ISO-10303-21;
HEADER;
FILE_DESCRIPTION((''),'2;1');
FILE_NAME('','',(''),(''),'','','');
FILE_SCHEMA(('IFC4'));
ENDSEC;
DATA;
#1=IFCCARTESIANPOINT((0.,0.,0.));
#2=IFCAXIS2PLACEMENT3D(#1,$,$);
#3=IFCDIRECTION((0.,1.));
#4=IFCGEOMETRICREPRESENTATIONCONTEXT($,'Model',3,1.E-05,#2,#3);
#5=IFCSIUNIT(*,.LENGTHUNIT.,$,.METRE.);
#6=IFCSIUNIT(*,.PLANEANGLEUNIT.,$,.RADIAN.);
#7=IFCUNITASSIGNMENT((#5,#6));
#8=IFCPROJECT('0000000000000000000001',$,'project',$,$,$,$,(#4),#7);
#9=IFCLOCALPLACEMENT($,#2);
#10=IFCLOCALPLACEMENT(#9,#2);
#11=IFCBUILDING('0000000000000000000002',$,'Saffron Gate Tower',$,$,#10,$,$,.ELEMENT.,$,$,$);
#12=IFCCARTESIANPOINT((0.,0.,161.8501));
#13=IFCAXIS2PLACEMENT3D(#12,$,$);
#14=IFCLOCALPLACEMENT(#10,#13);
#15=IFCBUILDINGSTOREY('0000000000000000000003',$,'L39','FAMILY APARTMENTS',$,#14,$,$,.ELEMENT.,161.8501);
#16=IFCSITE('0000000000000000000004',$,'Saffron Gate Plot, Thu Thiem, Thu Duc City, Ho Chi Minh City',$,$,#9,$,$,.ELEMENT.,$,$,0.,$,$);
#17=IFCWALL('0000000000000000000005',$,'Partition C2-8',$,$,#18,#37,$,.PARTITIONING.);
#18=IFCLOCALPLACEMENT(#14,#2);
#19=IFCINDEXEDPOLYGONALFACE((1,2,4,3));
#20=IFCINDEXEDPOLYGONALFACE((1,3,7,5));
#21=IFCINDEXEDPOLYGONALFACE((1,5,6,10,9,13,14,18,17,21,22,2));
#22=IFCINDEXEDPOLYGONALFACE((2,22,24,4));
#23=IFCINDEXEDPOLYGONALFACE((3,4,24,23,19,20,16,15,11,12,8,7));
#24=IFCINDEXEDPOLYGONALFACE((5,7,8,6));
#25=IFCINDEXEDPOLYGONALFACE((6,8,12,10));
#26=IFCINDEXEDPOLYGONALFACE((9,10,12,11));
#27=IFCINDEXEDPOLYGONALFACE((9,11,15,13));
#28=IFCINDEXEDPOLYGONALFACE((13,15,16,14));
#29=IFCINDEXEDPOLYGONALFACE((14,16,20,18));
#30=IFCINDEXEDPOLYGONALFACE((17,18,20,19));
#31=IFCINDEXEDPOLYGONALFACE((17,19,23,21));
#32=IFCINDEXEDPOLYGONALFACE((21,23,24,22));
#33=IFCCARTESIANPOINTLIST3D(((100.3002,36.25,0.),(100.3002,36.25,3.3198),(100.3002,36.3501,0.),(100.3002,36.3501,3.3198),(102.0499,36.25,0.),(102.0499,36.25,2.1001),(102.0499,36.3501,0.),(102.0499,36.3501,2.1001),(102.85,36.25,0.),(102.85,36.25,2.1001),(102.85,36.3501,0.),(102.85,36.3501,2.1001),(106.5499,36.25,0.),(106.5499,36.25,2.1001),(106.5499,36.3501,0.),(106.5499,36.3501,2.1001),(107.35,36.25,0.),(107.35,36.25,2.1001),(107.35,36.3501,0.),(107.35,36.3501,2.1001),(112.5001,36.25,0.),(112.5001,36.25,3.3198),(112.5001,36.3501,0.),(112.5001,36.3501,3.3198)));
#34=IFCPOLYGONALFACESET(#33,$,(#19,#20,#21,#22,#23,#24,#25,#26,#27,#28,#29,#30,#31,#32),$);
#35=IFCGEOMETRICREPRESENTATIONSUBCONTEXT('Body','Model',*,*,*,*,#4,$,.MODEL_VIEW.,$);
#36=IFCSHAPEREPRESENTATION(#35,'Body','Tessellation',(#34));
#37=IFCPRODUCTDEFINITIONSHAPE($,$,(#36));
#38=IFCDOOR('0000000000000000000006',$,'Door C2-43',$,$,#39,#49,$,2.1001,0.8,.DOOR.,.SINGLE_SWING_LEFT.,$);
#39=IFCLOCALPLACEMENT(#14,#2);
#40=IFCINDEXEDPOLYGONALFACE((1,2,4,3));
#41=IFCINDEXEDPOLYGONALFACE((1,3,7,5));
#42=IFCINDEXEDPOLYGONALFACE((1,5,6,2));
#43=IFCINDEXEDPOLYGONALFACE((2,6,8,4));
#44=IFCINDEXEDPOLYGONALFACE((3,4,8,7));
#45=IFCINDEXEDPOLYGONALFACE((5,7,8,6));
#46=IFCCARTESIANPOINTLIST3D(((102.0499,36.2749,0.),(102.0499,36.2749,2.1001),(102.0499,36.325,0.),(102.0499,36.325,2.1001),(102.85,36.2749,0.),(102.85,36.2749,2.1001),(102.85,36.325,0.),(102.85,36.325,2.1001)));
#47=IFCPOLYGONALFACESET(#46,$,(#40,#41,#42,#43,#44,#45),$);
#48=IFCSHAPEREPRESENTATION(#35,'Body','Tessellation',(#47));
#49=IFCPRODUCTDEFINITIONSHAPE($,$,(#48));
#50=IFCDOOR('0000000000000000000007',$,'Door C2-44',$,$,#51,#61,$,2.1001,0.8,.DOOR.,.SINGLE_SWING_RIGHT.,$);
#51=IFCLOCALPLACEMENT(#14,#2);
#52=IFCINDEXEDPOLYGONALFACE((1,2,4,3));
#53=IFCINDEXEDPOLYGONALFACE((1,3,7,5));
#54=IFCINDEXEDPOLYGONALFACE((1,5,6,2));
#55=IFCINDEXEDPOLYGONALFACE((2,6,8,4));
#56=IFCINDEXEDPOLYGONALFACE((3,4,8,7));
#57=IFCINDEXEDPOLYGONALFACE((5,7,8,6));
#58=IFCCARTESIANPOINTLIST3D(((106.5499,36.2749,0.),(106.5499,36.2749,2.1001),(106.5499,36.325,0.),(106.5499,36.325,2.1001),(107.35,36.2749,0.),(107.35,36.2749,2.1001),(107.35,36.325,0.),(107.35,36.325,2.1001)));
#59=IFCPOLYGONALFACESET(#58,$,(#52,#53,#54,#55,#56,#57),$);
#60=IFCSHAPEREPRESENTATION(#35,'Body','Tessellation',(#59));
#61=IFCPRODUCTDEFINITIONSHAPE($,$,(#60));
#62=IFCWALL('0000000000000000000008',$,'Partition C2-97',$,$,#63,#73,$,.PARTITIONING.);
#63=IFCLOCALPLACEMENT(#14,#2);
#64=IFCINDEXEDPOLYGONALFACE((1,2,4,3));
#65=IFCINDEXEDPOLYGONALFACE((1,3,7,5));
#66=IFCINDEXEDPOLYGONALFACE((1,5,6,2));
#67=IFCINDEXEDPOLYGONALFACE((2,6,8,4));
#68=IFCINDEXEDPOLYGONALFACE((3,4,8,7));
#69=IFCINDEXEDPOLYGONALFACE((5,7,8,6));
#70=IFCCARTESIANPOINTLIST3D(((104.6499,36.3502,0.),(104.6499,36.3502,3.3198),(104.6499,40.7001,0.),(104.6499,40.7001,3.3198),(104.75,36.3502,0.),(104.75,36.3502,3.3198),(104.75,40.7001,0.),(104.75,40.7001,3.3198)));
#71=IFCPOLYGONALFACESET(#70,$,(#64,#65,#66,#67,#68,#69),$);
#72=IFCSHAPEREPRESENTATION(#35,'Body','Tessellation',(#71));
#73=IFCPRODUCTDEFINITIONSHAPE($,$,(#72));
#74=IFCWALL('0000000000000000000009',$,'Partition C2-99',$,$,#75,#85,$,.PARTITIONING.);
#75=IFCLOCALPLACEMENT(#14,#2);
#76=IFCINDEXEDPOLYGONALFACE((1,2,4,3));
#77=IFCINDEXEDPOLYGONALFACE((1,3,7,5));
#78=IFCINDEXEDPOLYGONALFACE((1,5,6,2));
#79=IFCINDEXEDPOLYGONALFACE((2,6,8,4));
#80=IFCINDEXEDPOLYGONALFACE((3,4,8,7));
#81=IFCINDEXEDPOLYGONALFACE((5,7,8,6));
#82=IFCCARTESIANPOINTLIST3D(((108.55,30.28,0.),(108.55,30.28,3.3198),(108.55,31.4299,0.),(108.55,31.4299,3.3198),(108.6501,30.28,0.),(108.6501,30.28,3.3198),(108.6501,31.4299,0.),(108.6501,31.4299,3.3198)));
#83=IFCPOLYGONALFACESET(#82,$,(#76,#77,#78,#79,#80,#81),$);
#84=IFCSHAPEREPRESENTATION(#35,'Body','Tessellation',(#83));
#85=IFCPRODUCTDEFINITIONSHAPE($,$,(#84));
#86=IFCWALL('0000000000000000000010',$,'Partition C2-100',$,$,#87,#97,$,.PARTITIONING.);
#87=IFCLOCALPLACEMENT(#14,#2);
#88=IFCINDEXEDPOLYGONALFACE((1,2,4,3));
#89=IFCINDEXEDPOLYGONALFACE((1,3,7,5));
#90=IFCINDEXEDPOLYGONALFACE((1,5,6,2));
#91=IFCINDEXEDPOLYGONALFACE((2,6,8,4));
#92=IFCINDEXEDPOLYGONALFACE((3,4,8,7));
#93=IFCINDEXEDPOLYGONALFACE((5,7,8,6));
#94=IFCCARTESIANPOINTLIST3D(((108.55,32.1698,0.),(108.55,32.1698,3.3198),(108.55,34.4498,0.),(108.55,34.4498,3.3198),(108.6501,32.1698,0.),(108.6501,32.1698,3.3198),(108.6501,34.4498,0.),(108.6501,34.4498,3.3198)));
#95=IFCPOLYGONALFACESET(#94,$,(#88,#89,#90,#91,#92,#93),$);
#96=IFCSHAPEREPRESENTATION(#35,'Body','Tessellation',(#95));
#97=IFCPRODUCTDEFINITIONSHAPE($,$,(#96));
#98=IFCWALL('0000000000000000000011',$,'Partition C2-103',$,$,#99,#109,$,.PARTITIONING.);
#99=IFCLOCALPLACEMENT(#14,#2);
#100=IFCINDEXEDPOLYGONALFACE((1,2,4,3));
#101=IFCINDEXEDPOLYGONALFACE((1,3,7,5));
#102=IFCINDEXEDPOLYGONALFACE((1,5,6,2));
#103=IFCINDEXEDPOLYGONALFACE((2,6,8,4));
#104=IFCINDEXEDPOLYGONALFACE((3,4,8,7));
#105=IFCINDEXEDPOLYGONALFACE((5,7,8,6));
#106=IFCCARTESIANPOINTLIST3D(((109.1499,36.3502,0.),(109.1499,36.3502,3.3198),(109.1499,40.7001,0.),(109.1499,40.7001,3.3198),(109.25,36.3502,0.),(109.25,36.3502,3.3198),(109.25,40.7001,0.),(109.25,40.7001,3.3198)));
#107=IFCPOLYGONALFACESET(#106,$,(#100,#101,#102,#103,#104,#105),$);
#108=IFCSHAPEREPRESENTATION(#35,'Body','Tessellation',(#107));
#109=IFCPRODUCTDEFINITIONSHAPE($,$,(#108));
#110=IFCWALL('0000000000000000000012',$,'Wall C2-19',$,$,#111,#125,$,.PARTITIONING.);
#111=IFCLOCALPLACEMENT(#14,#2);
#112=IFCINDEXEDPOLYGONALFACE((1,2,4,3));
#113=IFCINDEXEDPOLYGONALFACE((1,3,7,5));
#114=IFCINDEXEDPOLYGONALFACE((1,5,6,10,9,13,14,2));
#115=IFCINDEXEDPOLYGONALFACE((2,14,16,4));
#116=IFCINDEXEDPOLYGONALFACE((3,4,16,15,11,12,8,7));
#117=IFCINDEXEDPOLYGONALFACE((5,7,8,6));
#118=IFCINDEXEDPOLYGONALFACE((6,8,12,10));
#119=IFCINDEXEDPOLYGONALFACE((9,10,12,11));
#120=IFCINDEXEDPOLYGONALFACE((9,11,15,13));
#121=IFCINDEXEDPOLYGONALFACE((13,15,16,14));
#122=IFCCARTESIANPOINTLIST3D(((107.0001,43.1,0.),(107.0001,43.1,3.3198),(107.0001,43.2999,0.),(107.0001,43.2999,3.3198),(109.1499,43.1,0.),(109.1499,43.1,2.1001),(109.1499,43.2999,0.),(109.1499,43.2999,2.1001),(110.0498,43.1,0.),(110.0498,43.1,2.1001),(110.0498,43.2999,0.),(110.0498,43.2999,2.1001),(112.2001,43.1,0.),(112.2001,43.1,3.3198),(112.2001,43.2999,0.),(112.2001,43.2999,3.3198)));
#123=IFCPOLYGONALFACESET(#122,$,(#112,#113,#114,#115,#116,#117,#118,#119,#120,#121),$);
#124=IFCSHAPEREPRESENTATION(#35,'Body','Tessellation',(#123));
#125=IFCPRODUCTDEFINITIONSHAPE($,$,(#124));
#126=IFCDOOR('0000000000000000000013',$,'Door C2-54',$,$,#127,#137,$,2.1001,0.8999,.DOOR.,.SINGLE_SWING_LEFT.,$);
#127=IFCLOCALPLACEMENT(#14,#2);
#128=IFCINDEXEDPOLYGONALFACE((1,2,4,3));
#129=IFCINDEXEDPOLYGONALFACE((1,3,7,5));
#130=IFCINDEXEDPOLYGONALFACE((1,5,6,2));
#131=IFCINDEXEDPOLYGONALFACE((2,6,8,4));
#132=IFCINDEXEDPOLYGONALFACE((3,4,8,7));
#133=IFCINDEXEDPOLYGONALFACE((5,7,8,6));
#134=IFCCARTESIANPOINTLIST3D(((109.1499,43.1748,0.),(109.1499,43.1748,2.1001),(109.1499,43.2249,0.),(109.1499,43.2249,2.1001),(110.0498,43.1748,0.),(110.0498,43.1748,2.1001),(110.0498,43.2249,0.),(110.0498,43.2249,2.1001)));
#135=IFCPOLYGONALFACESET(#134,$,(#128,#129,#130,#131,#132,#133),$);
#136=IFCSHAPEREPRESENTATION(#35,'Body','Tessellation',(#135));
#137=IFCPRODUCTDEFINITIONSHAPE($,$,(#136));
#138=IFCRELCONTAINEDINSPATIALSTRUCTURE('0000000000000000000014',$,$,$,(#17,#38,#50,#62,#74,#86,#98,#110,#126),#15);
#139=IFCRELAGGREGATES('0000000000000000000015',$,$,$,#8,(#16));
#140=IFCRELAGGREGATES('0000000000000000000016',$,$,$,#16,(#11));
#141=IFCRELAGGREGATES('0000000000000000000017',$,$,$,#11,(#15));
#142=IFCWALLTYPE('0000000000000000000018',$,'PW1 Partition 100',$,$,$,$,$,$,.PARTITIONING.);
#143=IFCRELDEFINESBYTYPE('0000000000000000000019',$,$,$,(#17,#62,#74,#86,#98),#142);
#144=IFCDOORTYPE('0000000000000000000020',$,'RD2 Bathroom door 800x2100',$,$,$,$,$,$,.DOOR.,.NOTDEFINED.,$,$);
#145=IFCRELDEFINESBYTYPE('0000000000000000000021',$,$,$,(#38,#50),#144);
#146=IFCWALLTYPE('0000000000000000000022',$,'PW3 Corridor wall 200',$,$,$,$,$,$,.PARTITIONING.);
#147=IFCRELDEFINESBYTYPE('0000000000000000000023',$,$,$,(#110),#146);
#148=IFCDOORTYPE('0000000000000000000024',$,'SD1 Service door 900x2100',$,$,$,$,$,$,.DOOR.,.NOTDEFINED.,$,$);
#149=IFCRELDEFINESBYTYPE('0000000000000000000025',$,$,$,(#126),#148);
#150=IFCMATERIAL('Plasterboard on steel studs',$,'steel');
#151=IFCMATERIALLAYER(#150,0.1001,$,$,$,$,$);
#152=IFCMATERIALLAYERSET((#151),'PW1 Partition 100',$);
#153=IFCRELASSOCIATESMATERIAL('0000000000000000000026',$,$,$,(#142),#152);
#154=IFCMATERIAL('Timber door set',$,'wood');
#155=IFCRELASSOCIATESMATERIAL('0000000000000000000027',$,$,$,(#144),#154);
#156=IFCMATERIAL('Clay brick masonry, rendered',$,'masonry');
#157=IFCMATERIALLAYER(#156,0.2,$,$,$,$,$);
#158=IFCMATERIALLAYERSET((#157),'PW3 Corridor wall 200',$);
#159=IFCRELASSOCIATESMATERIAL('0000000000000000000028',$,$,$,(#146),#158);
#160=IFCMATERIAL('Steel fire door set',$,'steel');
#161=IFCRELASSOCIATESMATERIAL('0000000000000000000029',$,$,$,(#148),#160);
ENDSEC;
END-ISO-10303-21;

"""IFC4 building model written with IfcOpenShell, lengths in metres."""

from ifc_helpers import new_model, si_unit, direction, frame, frame_2d, origin, place, context, subcontext, project, spatial, rectangle, extrude, material, layer, layer_set, type_object, element, fill, save


model = new_model("IFC4")

# Units and contexts
model_context = context("Model", 3, precision=1e-05, world=origin(), true_north=direction((0.0, 1.0)))
body_context = subcontext(model_context, "Body", "Model", "MODEL_VIEW")
ifc_project = project(units=[si_unit("LENGTHUNIT", "METRE"), si_unit("PLANEANGLEUNIT", "RADIAN")], contexts=[model_context])

# Site, building, storey
site_placement = place(None, origin())
site = spatial("IfcSite", under=ifc_project, at=site_placement, Name="Saffron Gate Plot, Thu Thiem, Thu Duc City, Ho Chi Minh City", CompositionType="ELEMENT", RefElevation=0.0)
building_placement = place(site_placement, origin())
building = spatial("IfcBuilding", under=site, at=building_placement, Name="Saffron Gate Tower", CompositionType="ELEMENT")
storey_placement = place(building_placement, frame((0.0, 0.0, 161.8501)))
storey = spatial("IfcBuildingStorey", under=building, at=storey_placement, Name="L39", Description="FAMILY APARTMENTS", CompositionType="ELEMENT", Elevation=161.8501)

# Shared definitions
ifc_material_1 = material(Name="Steel fire door set", Category="steel")

# Wall, openings, doors
ifc_material_2 = material(Name="Plasterboard on steel studs", Category="steel")
ifc_layer_1 = layer(ifc_material_2, 0.1001)
ifc_layer_set_1 = layer_set([ifc_layer_1], Name="PW1 Partition 100")
wall_type_1 = type_object("IfcWallType", Name="PW1 Partition 100", PredefinedType="PARTITIONING", material=ifc_layer_set_1)
wall_1_placement = place(storey_placement, frame((100.3, 36.3, 0.0), z_axis=(0.0, 0.0, 1.0), x_axis=(1.0, 0.0, 0.0)))
wall_1 = element("IfcWall", 1, at=wall_1_placement, inside=storey, type_object=wall_type_1, Name="Partition C2-8", PredefinedType="PARTITIONING", context=body_context, shape_type="SweptSolid", body=[
    extrude(rectangle(XDim=12.2, YDim=0.1001, at=frame_2d((6.1001, 0.0))), origin(), (0.0, 0.0, 1.0), 3.3198),
])
opening_1_placement = place(wall_1_placement, frame((1.75, 0.0, 0.0)))
opening_1 = element("IfcOpeningElement", 2, at=opening_1_placement, cuts=wall_1, PredefinedType="OPENING", context=body_context, shape_type="SweptSolid", body=[
    extrude(rectangle(XDim=0.8, YDim=2.1001, at=frame_2d((0.3999, 1.05))), frame((0.0, 0.0601, 0.0), z_axis=(0.0, -1.0, 0.0), x_axis=(1.0, 0.0, 0.0)), (0.0, 0.0, 1.0), 0.1201),
])
opening_2_placement = place(wall_1_placement, frame((6.25, 0.0, 0.0)))
opening_2 = element("IfcOpeningElement", 3, at=opening_2_placement, cuts=wall_1, PredefinedType="OPENING", context=body_context, shape_type="SweptSolid", body=[
    extrude(rectangle(XDim=0.8, YDim=2.1001, at=frame_2d((0.3999, 1.05))), frame((0.0, 0.0601, 0.0), z_axis=(0.0, -1.0, 0.0), x_axis=(1.0, 0.0, 0.0)), (0.0, 0.0, 1.0), 0.1201),
])
ifc_material_3 = material(Name="Timber door set", Category="wood")
door_type_1 = type_object("IfcDoorType", Name="RD2 Bathroom door 800x2100", OperationType="NOTDEFINED", PredefinedType="DOOR", material=ifc_material_3)
door_1_placement = place(opening_1_placement, origin())
door_1 = element("IfcDoor", 4, at=door_1_placement, inside=storey, type_object=door_type_1, Name="Door C2-43", OperationType="SINGLE_SWING_LEFT", OverallHeight=2.1001, OverallWidth=0.8, PredefinedType="DOOR", context=body_context, shape_type="SweptSolid", body=[
    extrude(rectangle(XDim=0.8, YDim=2.1001, at=frame_2d((0.3999, 1.05))), frame((0.0, 0.0249, 0.0), z_axis=(0.0, -1.0, 0.0), x_axis=(1.0, 0.0, 0.0)), (0.0, 0.0, 1.0), 0.05),
])
fill(opening_1, door_1)
door_2_placement = place(opening_2_placement, origin())
door_2 = element("IfcDoor", 5, at=door_2_placement, inside=storey, type_object=door_type_1, Name="Door C2-44", OperationType="SINGLE_SWING_RIGHT", OverallHeight=2.1001, OverallWidth=0.8, PredefinedType="DOOR", context=body_context, shape_type="SweptSolid", body=[
    extrude(rectangle(XDim=0.8, YDim=2.1001, at=frame_2d((0.3999, 1.05))), frame((0.0, 0.0249, 0.0), z_axis=(0.0, -1.0, 0.0), x_axis=(1.0, 0.0, 0.0)), (0.0, 0.0, 1.0), 0.05),
])
fill(opening_2, door_2)

# Walls
wall_2_placement = place(storey_placement, frame((104.7, 40.7, 0.0), z_axis=(0.0, 0.0, 1.0), x_axis=(0.0, -1.0, 0.0)))
element("IfcWall", 6, at=wall_2_placement, inside=storey, type_object=wall_type_1, Name="Partition C2-97", PredefinedType="PARTITIONING", context=body_context, shape_type="SweptSolid", body=[
    extrude(rectangle(XDim=4.3499, YDim=0.1001, at=frame_2d((2.1748, 0.0))), origin(), (0.0, 0.0, 1.0), 3.3198),
])
wall_3_placement = place(storey_placement, frame((108.6001, 31.4299, 0.0), z_axis=(0.0, 0.0, 1.0), x_axis=(0.0, -1.0, 0.0)))
element("IfcWall", 7, at=wall_3_placement, inside=storey, type_object=wall_type_1, Name="Partition C2-99", PredefinedType="PARTITIONING", context=body_context, shape_type="SweptSolid", body=[
    extrude(rectangle(XDim=1.1499, YDim=0.1001, at=frame_2d((0.575, 0.0))), origin(), (0.0, 0.0, 1.0), 3.3198),
])
wall_4_placement = place(storey_placement, frame((108.6001, 34.45, 0.0), z_axis=(0.0, 0.0, 1.0), x_axis=(0.0, -1.0, 0.0)))
element("IfcWall", 8, at=wall_4_placement, inside=storey, type_object=wall_type_1, Name="Partition C2-100", PredefinedType="PARTITIONING", context=body_context, shape_type="SweptSolid", body=[
    extrude(rectangle(XDim=2.28, YDim=0.1001, at=frame_2d((1.1401, 0.0))), origin(), (0.0, 0.0, 1.0), 3.3198),
])
wall_5_placement = place(storey_placement, frame((109.2, 40.7, 0.0), z_axis=(0.0, 0.0, 1.0), x_axis=(0.0, -1.0, 0.0)))
element("IfcWall", 9, at=wall_5_placement, inside=storey, type_object=wall_type_1, Name="Partition C2-103", PredefinedType="PARTITIONING", context=body_context, shape_type="SweptSolid", body=[
    extrude(rectangle(XDim=4.3499, YDim=0.1001, at=frame_2d((2.1748, 0.0))), origin(), (0.0, 0.0, 1.0), 3.3198),
])

# Wall, opening, door
ifc_material_4 = material(Name="Clay brick masonry, rendered", Category="masonry")
ifc_layer_2 = layer(ifc_material_4, 0.2)
ifc_layer_set_2 = layer_set([ifc_layer_2], Name="PW3 Corridor wall 200")
wall_type_2 = type_object("IfcWallType", Name="PW3 Corridor wall 200", PredefinedType="PARTITIONING", material=ifc_layer_set_2)
wall_6_placement = place(storey_placement, frame((107.0, 43.2, 0.0), z_axis=(0.0, 0.0, 1.0), x_axis=(1.0, 0.0, 0.0)))
wall_6 = element("IfcWall", 10, at=wall_6_placement, inside=storey, type_object=wall_type_2, Name="Wall C2-19", PredefinedType="PARTITIONING", context=body_context, shape_type="SweptSolid", body=[
    extrude(rectangle(XDim=5.2, YDim=0.2, at=frame_2d((2.6001, 0.0))), origin(), (0.0, 0.0, 1.0), 3.3198),
])
opening_3_placement = place(wall_6_placement, frame((2.1499, 0.0, 0.0)))
opening_3 = element("IfcOpeningElement", 11, at=opening_3_placement, cuts=wall_6, PredefinedType="OPENING", context=body_context, shape_type="SweptSolid", body=[
    extrude(rectangle(XDim=0.8999, YDim=2.1001, at=frame_2d((0.45, 1.05))), frame((0.0, 0.1099, 0.0), z_axis=(0.0, -1.0, 0.0), x_axis=(1.0, 0.0, 0.0)), (0.0, 0.0, 1.0), 0.22),
])
door_type_2 = type_object("IfcDoorType", Name="SD1 Service door 900x2100", OperationType="NOTDEFINED", PredefinedType="DOOR", material=ifc_material_1)
door_3_placement = place(opening_3_placement, origin())
door_3 = element("IfcDoor", 12, at=door_3_placement, inside=storey, type_object=door_type_2, Name="Door C2-54", OperationType="SINGLE_SWING_LEFT", OverallHeight=2.1001, OverallWidth=0.8999, PredefinedType="DOOR", context=body_context, shape_type="SweptSolid", body=[
    extrude(rectangle(XDim=0.8999, YDim=2.1001, at=frame_2d((0.45, 1.05))), frame((0.0, 0.0249, 0.0), z_axis=(0.0, -1.0, 0.0), x_axis=(1.0, 0.0, 0.0)), (0.0, 0.0, 1.0), 0.05),
])
fill(opening_3, door_3)

save(model, "model.ifc")
